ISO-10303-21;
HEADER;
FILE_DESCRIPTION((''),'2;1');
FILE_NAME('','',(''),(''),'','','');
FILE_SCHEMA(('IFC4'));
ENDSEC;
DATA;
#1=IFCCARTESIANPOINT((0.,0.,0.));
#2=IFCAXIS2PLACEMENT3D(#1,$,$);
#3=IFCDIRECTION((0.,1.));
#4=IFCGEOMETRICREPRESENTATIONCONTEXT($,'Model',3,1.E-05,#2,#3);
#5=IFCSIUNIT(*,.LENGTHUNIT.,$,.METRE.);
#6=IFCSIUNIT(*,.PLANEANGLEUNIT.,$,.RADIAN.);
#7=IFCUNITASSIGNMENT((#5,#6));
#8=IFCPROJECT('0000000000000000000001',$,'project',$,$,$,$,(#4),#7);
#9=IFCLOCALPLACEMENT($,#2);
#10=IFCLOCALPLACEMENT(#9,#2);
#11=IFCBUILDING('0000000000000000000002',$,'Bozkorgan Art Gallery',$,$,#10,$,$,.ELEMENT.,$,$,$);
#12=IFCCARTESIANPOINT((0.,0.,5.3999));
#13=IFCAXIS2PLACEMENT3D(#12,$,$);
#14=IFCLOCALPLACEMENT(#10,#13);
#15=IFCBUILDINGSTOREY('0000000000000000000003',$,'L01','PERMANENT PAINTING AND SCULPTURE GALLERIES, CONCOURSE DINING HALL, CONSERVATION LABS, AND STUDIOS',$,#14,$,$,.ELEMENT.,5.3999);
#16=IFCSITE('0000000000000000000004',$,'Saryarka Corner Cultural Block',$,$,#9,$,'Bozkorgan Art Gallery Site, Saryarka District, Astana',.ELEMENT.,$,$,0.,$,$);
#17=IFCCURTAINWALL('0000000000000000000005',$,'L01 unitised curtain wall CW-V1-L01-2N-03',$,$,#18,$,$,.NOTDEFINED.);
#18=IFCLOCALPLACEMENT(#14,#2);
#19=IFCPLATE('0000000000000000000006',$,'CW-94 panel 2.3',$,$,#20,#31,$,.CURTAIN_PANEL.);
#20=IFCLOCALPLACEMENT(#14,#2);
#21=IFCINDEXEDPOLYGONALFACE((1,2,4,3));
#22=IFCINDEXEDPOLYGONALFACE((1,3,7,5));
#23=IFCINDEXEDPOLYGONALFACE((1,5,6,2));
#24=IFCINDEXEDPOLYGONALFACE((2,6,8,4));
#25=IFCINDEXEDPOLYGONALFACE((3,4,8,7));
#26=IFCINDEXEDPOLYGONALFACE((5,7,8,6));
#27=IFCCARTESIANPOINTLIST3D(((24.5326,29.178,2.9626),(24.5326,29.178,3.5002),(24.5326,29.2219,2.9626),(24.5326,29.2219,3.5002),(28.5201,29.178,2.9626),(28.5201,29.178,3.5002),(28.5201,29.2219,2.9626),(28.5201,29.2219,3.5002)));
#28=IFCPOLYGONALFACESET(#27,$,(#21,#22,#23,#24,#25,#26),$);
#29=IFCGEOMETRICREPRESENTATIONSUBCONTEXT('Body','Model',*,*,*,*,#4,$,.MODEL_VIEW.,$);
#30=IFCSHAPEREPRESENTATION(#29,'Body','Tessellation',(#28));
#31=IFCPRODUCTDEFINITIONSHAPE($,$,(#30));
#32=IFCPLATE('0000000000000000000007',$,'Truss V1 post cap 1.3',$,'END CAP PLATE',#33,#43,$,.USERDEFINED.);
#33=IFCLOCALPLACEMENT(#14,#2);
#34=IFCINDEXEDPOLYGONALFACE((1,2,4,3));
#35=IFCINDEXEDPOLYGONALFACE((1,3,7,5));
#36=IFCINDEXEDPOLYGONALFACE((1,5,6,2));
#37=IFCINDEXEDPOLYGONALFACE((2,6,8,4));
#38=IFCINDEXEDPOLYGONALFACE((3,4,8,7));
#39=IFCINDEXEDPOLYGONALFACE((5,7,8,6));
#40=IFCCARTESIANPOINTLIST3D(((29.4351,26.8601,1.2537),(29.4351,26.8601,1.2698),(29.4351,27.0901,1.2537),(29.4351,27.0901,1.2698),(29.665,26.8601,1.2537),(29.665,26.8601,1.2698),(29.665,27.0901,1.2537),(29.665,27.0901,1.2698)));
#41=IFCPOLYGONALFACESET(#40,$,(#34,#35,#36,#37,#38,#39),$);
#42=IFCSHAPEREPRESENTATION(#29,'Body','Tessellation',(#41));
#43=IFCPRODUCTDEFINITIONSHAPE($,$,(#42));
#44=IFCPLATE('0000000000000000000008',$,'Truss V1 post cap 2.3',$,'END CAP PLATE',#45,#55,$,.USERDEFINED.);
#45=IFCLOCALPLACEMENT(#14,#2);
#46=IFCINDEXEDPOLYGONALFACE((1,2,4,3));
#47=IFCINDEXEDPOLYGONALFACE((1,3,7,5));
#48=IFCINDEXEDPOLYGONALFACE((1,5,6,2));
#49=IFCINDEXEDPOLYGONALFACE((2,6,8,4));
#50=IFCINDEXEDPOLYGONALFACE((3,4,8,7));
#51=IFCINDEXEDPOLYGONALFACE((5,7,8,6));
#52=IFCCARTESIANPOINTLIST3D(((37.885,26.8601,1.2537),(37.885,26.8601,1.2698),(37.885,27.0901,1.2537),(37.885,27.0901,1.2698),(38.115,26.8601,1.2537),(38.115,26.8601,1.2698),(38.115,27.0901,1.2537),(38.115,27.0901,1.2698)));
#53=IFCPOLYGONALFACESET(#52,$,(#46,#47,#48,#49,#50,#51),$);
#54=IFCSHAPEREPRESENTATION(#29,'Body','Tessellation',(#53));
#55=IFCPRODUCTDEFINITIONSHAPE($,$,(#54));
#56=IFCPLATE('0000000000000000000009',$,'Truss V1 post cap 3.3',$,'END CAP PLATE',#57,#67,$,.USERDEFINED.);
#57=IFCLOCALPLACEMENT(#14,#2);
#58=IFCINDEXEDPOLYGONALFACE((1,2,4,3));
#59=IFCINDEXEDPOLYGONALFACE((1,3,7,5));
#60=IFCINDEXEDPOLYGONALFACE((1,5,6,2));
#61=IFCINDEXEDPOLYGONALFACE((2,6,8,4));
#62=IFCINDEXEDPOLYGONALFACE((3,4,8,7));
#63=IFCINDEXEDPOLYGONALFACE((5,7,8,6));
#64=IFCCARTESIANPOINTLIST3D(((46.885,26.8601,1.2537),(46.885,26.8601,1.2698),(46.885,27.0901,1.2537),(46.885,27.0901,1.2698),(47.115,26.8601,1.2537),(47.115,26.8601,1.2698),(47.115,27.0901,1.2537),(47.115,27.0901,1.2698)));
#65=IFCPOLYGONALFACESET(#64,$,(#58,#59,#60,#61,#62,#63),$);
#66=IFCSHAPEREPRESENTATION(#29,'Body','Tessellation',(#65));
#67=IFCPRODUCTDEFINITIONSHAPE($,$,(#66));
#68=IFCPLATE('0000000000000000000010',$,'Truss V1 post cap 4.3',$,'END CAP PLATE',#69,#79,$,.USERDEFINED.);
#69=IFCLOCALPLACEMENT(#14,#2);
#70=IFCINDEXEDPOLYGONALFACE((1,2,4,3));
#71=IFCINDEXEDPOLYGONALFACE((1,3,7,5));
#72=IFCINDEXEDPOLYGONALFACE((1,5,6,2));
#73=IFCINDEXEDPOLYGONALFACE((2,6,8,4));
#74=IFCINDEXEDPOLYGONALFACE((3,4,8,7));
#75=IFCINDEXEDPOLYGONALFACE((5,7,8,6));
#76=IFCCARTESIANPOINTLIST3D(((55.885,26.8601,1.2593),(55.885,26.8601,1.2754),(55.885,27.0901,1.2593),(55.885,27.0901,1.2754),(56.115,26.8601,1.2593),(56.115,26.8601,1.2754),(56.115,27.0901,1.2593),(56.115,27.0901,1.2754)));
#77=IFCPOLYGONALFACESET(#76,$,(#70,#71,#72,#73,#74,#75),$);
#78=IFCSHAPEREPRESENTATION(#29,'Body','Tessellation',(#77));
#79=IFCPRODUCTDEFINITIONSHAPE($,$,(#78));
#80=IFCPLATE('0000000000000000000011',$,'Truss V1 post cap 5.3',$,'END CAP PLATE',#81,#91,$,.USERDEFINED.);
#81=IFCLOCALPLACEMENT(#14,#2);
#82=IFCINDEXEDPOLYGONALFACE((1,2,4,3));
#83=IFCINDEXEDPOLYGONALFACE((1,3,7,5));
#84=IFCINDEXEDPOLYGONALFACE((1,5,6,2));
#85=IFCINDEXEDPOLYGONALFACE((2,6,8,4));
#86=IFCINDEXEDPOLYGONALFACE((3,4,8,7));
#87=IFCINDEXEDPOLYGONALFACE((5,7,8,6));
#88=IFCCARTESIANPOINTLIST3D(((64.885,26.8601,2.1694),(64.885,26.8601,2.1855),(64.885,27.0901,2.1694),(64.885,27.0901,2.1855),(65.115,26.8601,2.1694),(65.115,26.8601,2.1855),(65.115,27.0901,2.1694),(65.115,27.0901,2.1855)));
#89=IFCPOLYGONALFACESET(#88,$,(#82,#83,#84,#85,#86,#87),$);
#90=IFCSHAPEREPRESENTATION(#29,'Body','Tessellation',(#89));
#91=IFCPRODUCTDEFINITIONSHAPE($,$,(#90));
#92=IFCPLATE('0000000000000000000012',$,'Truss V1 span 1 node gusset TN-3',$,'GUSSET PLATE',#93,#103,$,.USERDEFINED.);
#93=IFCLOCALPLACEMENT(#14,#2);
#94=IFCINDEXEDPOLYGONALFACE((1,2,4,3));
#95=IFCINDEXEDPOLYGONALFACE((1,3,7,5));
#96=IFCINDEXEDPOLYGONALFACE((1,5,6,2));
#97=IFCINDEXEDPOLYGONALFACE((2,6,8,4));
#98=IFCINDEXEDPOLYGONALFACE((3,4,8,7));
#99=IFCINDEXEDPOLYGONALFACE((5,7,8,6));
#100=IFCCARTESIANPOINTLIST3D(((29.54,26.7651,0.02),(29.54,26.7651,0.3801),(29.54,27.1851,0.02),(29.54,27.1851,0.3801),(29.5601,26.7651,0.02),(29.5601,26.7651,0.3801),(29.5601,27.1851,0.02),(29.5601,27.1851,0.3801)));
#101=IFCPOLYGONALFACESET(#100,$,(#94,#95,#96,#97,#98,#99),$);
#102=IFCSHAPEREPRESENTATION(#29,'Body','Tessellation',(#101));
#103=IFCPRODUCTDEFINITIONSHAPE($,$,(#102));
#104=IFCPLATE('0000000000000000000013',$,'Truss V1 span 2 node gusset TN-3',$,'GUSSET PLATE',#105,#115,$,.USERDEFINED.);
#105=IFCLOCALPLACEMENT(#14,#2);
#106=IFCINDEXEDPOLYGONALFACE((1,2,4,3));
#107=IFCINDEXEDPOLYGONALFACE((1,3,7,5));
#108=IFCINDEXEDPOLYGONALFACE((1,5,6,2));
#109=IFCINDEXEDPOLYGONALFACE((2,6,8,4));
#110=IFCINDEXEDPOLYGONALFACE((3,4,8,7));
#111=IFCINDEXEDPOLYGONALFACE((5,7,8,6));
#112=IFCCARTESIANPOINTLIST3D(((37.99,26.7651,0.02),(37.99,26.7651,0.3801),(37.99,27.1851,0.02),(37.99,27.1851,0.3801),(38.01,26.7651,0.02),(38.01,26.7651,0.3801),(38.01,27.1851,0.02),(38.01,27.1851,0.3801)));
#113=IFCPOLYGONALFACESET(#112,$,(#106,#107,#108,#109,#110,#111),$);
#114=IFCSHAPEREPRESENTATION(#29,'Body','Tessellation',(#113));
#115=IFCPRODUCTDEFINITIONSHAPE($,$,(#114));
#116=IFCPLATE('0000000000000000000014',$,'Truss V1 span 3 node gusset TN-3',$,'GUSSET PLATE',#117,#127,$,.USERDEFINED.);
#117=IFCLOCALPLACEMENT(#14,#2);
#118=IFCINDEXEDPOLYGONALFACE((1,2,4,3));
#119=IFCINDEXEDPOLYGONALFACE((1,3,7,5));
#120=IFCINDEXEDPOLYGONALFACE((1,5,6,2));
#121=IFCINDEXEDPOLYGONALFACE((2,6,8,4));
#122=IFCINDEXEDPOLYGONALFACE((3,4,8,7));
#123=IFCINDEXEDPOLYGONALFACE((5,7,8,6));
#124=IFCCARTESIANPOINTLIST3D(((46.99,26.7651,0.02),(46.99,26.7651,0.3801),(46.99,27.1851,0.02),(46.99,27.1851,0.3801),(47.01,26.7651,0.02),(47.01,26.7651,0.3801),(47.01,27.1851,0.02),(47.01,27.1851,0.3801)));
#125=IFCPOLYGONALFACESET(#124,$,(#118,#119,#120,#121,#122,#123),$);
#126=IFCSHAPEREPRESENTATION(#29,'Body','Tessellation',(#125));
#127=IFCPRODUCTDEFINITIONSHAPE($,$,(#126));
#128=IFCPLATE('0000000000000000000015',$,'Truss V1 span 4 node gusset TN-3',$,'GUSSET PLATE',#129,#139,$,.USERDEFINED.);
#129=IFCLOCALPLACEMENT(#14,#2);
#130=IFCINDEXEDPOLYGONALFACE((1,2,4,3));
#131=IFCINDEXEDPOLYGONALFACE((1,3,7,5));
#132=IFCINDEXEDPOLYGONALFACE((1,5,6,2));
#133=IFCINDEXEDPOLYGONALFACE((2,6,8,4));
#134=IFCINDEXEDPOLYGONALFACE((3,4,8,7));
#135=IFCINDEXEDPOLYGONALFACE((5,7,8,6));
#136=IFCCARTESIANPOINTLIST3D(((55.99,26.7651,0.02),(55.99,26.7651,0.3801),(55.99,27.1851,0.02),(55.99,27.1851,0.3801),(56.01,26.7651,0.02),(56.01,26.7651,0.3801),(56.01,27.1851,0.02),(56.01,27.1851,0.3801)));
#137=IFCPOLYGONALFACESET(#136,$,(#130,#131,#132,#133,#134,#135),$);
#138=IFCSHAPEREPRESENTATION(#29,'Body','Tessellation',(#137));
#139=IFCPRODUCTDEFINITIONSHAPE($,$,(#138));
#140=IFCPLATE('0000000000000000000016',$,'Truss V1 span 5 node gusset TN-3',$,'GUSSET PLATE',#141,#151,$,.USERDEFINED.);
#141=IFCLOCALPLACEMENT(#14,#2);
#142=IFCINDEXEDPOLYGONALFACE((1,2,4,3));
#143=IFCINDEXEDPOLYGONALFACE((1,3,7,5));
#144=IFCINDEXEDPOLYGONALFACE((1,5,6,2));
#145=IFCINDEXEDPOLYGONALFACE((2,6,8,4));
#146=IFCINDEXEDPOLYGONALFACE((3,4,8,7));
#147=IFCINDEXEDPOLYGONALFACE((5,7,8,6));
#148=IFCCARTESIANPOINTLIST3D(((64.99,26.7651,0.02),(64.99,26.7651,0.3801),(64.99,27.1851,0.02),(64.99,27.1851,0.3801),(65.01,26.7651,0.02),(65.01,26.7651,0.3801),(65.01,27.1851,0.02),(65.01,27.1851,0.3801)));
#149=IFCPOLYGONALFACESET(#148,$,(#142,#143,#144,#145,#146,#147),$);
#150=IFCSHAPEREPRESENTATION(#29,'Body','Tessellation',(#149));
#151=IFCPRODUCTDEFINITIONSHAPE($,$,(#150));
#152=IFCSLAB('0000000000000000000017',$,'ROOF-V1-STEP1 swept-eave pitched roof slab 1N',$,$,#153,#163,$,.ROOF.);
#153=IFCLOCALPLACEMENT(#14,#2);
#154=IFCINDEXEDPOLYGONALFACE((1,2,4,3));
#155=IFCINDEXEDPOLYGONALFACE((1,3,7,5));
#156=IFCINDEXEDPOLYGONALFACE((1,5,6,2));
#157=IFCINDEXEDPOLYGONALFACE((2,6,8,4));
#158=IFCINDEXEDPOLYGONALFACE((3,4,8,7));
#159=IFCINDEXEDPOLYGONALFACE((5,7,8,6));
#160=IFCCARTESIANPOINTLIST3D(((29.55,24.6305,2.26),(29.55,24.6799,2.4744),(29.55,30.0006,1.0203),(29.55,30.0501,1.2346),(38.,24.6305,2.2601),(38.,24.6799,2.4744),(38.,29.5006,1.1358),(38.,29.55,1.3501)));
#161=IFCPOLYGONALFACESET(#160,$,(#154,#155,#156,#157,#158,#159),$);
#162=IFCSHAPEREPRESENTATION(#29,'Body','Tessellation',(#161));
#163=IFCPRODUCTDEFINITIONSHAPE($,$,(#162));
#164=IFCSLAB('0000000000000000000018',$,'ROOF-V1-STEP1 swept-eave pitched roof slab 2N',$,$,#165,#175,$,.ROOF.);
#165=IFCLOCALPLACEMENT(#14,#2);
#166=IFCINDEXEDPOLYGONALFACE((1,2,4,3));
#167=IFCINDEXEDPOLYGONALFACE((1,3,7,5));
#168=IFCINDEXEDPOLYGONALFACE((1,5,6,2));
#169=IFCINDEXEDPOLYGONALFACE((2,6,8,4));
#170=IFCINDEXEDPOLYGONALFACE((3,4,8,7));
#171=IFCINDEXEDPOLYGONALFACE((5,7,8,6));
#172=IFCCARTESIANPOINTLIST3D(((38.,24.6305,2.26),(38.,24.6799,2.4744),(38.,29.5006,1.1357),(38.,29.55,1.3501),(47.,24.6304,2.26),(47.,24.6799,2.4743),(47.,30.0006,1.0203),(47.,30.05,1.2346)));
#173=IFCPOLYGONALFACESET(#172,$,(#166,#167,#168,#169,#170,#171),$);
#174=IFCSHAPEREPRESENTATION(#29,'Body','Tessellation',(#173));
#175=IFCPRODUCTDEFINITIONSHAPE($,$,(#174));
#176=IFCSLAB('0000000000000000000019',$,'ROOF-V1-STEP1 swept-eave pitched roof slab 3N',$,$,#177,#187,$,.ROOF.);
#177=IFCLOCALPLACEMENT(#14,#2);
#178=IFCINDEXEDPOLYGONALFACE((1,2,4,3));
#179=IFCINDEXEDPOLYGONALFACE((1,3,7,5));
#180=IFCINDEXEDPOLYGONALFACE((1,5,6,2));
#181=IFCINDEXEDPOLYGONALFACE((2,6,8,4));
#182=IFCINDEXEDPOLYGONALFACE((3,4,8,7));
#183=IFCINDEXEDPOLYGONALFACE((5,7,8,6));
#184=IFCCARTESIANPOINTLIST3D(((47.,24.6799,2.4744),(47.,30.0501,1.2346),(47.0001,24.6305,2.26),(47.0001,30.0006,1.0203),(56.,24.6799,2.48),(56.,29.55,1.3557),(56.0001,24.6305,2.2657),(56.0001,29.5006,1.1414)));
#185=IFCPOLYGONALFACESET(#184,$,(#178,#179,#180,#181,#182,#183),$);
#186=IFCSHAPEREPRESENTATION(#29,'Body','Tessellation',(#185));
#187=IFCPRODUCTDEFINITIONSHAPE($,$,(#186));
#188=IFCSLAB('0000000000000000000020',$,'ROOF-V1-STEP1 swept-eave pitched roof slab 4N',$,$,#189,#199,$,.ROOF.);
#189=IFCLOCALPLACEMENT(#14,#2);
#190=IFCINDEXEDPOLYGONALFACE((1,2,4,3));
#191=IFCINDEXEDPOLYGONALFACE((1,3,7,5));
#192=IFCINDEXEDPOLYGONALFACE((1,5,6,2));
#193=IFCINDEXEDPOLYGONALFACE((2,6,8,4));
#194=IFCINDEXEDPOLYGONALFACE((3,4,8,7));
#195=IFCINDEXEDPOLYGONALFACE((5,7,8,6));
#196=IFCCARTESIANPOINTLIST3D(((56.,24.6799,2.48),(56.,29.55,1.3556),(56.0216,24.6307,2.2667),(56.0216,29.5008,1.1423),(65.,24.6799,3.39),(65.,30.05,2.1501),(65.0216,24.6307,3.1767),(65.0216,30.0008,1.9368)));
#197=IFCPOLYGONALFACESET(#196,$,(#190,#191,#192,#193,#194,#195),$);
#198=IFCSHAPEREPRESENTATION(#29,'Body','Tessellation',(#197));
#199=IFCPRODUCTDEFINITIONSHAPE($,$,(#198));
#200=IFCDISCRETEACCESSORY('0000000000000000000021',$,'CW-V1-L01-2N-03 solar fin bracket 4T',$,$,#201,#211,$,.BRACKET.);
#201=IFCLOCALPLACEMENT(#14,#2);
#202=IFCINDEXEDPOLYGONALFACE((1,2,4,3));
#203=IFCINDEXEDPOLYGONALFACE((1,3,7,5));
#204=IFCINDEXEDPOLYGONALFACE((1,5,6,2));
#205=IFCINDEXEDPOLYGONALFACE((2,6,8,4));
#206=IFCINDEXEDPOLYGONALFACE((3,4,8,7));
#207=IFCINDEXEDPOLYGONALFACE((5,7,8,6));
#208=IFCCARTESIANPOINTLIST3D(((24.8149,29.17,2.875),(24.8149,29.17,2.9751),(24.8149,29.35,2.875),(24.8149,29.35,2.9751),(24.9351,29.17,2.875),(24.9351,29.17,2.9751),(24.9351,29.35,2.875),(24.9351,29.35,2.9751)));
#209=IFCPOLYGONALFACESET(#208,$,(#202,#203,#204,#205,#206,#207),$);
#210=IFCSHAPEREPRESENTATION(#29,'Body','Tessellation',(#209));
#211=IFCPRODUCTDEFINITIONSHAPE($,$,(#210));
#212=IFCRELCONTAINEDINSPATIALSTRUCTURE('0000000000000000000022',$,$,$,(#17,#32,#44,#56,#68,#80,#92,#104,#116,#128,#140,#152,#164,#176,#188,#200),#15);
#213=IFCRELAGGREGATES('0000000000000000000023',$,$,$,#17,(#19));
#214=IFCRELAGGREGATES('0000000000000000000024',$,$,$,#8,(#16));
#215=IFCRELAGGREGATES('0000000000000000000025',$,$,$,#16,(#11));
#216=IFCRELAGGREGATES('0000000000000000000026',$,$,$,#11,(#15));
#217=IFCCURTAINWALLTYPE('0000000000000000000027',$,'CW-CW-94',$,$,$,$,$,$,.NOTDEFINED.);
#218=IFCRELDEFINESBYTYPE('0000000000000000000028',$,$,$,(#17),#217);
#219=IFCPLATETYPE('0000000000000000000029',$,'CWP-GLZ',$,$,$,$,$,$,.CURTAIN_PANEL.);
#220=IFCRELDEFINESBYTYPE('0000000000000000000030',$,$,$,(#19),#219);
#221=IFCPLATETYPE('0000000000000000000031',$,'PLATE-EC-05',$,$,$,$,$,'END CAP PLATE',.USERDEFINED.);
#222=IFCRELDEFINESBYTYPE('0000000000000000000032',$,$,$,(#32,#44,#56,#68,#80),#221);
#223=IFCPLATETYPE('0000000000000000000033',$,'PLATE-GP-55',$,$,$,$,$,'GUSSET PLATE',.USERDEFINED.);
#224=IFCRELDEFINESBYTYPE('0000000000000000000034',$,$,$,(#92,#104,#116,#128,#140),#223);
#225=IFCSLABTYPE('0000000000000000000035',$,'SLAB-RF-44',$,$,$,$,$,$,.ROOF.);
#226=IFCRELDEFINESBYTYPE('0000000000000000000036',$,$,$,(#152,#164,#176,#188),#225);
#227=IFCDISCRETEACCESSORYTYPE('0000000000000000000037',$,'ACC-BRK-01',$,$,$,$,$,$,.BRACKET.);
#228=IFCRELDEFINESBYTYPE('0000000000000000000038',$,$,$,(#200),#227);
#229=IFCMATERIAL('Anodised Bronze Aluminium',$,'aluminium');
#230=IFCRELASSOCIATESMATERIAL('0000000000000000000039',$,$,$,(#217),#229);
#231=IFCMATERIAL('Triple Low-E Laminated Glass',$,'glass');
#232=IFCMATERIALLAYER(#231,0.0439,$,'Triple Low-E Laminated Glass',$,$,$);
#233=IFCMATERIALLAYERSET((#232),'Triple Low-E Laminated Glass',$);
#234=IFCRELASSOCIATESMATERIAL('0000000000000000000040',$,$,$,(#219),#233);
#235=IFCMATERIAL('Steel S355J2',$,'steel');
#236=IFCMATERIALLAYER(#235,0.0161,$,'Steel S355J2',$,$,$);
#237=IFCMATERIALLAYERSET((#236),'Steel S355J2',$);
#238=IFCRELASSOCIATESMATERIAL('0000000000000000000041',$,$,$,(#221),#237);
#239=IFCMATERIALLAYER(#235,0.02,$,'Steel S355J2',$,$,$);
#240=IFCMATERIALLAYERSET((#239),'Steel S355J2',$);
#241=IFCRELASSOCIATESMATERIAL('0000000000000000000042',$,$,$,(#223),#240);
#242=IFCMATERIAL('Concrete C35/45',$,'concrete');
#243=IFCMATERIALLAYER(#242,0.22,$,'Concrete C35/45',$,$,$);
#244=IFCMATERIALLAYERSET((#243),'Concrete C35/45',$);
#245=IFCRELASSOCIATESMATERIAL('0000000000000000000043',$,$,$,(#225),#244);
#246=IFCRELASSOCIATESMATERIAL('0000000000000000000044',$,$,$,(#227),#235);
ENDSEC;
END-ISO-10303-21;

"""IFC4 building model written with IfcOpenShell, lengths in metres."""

from ifc_helpers import new_model, si_unit, direction, frame, origin, origin_2d, place, context, subcontext, project, spatial, polyline, rectangle, outline, extrude, material, layer, layer_set, type_object, element, aggregate, save


model = new_model("IFC4")

# Units and contexts
model_context = context("Model", 3, precision=1e-05, world=origin(), true_north=direction((0.0, 1.0)))
body_context = subcontext(model_context, "Body", "Model", "MODEL_VIEW")
ifc_project = project(units=[si_unit("LENGTHUNIT", "METRE"), si_unit("PLANEANGLEUNIT", "RADIAN")], contexts=[model_context])

# Site, building, storey
site_placement = place(None, origin())
site = spatial("IfcSite", under=ifc_project, at=site_placement, Name="Saryarka Corner Cultural Block", LongName="Bozkorgan Art Gallery Site, Saryarka District, Astana", CompositionType="ELEMENT", RefElevation=0.0)
building_placement = place(site_placement, origin())
building = spatial("IfcBuilding", under=site, at=building_placement, Name="Bozkorgan Art Gallery", CompositionType="ELEMENT")
storey_placement = place(building_placement, frame((0.0, 0.0, 5.3999)))
storey = spatial("IfcBuildingStorey", under=building, at=storey_placement, Name="L01", Description="PERMANENT PAINTING AND SCULPTURE GALLERIES, CONCOURSE DINING HALL, CONSERVATION LABS, AND STUDIOS", CompositionType="ELEMENT", Elevation=5.3999)

# Curtain wall
ifc_material_1 = material(Name="Anodised Bronze Aluminium", Category="aluminium")
curtain_wall_type = type_object("IfcCurtainWallType", Name="CW-CW-94", PredefinedType="NOTDEFINED", material=ifc_material_1)
curtain_wall_placement = place(storey_placement, origin())
curtain_wall = element("IfcCurtainWall", 1, at=curtain_wall_placement, inside=storey, type_object=curtain_wall_type, Name="L01 unitised curtain wall CW-V1-L01-2N-03", PredefinedType="NOTDEFINED")

# Shared definitions
ifc_material_2 = material(Name="Steel S355J2", Category="steel")

# Plate
ifc_material_3 = material(Name="Triple Low-E Laminated Glass", Category="glass")
ifc_layer_1 = layer(ifc_material_3, 0.0439, Name="Triple Low-E Laminated Glass")
ifc_layer_set_1 = layer_set([ifc_layer_1], Name="Triple Low-E Laminated Glass")
plate_type_1 = type_object("IfcPlateType", Name="CWP-GLZ", PredefinedType="CURTAIN_PANEL", material=ifc_layer_set_1)
plate_1_placement = place(storey_placement, frame((26.5264, 29.2, 2.9626), z_axis=(0.0, 0.0, 1.0), x_axis=(1.0, 0.0, 0.0)))
plate_1 = element("IfcPlate", 2, at=plate_1_placement, type_object=plate_type_1, Name="CW-94 panel 2.3", PredefinedType="CURTAIN_PANEL", context=body_context, shape_type="SweptSolid", body=[
    extrude(rectangle(XDim=3.9875, YDim=0.0439, at=origin_2d()), origin(), (0.0, 0.0, 1.0), 0.5376),
])
aggregate(curtain_wall, [plate_1])

# Plates
ifc_layer_2 = layer(ifc_material_2, 0.0161, Name="Steel S355J2")
ifc_layer_set_2 = layer_set([ifc_layer_2], Name="Steel S355J2")
plate_type_2 = type_object("IfcPlateType", Name="PLATE-EC-05", ElementType="END CAP PLATE", PredefinedType="USERDEFINED", material=ifc_layer_set_2)
for number, where, z_axis, x_axis, name in (
    (3, (29.55, 26.9751, 1.2537), (0.0, 0.0, 1.0), (1.0, 0.0, 0.0), "Truss V1 post cap 1.3"),
    (4, (38.0, 26.9751, 1.2537), (0.0, 0.0, 1.0), (1.0, 0.0, 0.0), "Truss V1 post cap 2.3"),
    (5, (47.0, 26.9751, 1.2537), (0.0, 0.0, 1.0), (1.0, 0.0, 0.0), "Truss V1 post cap 3.3"),
    (6, (56.0, 26.9751, 1.2593), (0.0, 0.0, 1.0), (1.0, 0.0, 0.0), "Truss V1 post cap 4.3"),
    (7, (65.0, 26.9751, 2.1694), (0.0, 0.0, 1.0), (1.0, 0.0, 0.0), "Truss V1 post cap 5.3"),
):
    element("IfcPlate", number, at=place(storey_placement, frame(where, z_axis=z_axis, x_axis=x_axis)), inside=storey, type_object=plate_type_2, Name=name, ObjectType="END CAP PLATE", PredefinedType="USERDEFINED", context=body_context, shape_type="SweptSolid", body=[
        extrude(rectangle(XDim=0.23, YDim=0.23, at=origin_2d()), origin(), (0.0, 0.0, 1.0), 0.0161),
    ])
ifc_layer_3 = layer(ifc_material_2, 0.02, Name="Steel S355J2")
ifc_layer_set_3 = layer_set([ifc_layer_3], Name="Steel S355J2")
plate_type_3 = type_object("IfcPlateType", Name="PLATE-GP-55", ElementType="GUSSET PLATE", PredefinedType="USERDEFINED", material=ifc_layer_set_3)
for number, where, z_axis, x_axis, name in (
    (8, (29.55, 26.9751, 0.02), (0.0, 0.0, 1.0), (1.0, 0.0, 0.0), "Truss V1 span 1 node gusset TN-3"),
    (9, (38.0, 26.9751, 0.02), (0.0, 0.0, 1.0), (1.0, 0.0, 0.0), "Truss V1 span 2 node gusset TN-3"),
    (10, (47.0, 26.9751, 0.02), (0.0, 0.0, 1.0), (1.0, 0.0, 0.0), "Truss V1 span 3 node gusset TN-3"),
    (11, (56.0, 26.9751, 0.02), (0.0, 0.0, 1.0), (1.0, 0.0, 0.0), "Truss V1 span 4 node gusset TN-3"),
    (12, (65.0, 26.9751, 0.02), (0.0, 0.0, 1.0), (1.0, 0.0, 0.0), "Truss V1 span 5 node gusset TN-3"),
):
    element("IfcPlate", number, at=place(storey_placement, frame(where, z_axis=z_axis, x_axis=x_axis)), inside=storey, type_object=plate_type_3, Name=name, ObjectType="GUSSET PLATE", PredefinedType="USERDEFINED", context=body_context, shape_type="SweptSolid", body=[
        extrude(rectangle(XDim=0.02, YDim=0.4199, at=origin_2d()), origin(), (0.0, 0.0, 1.0), 0.3601),
    ])

# Slabs
ifc_material_4 = material(Name="Concrete C35/45", Category="concrete")
ifc_layer_4 = layer(ifc_material_4, 0.22, Name="Concrete C35/45")
ifc_layer_set_4 = layer_set([ifc_layer_4], Name="Concrete C35/45")
slab_type = type_object("IfcSlabType", Name="SLAB-RF-44", PredefinedType="ROOF", material=ifc_layer_set_4)
slab_1_placement = place(storey_placement, frame((29.55, 24.6799, 2.4744), z_axis=(-0.000003, 0.224939, 0.974373), x_axis=(1.0, 0.000001, 0.000003)))
element("IfcSlab", 13, at=slab_1_placement, inside=storey, type_object=slab_type, Name="ROOF-V1-STEP1 swept-eave pitched roof slab 1N", PredefinedType="ROOF", context=body_context, shape_type="SweptSolid", body=[
    extrude(outline(polyline([(0.0, 0.0), (8.45, 0.0), (8.45, 4.9982), (0.0, 5.5114), (0.0, 0.0)])), origin(), (0.0, 0.0, -1.0), 0.22),
])
slab_2_placement = place(storey_placement, frame((38.0, 24.6799, 2.4744), z_axis=(0.000003, 0.224939, 0.974373), x_axis=(1.0, -0.000001, -0.000003)))
element("IfcSlab", 14, at=slab_2_placement, inside=storey, type_object=slab_type, Name="ROOF-V1-STEP1 swept-eave pitched roof slab 2N", PredefinedType="ROOF", context=body_context, shape_type="SweptSolid", body=[
    extrude(outline(polyline([(0.0, 0.0), (9.0, 0.0), (9.0, 5.5114), (0.0, 4.9982), (0.0, 0.0)])), origin(), (0.0, 0.0, -1.0), 0.22),
])
slab_3_placement = place(storey_placement, frame((47.0, 24.6799, 2.4744), z_axis=(-0.000611, 0.224939, 0.974373), x_axis=(1.0, 0.000001, 0.000627)))
element("IfcSlab", 15, at=slab_3_placement, inside=storey, type_object=slab_type, Name="ROOF-V1-STEP1 swept-eave pitched roof slab 3N", PredefinedType="ROOF", context=body_context, shape_type="SweptSolid", body=[
    extrude(outline(polyline([(0.0, 0.0), (9.0, 0.0), (8.9993, 4.9982), (-0.0008, 5.5114), (0.0, 0.0)])), origin(), (0.0, 0.0, -1.0), 0.22),
])
slab_4_placement = place(storey_placement, frame((56.0, 24.6799, 2.48), z_axis=(-0.098046, 0.223877, 0.969673), x_axis=(0.994927, -0.000003, 0.100601)))
element("IfcSlab", 16, at=slab_4_placement, inside=storey, type_object=slab_type, Name="ROOF-V1-STEP1 swept-eave pitched roof slab 4N", PredefinedType="ROOF", context=body_context, shape_type="SweptSolid", body=[
    extrude(outline(polyline([(0.0, 0.0), (9.0459, 0.0), (8.9211, 5.51), (-0.1131, 4.9969), (0.0, 0.0)])), origin(), (0.0, 0.0, -1.0), 0.22),
])

# Discrete accessory
discrete_accessory_type = type_object("IfcDiscreteAccessoryType", Name="ACC-BRK-01", PredefinedType="BRACKET", material=ifc_material_2)
for number, where, z_axis, x_axis, name in (
    (17, (24.875, 29.26, 2.875), (0.0, 0.0, 1.0), (0.0, 1.0, 0.0), "CW-V1-L01-2N-03 solar fin bracket 4T"),
):
    element("IfcDiscreteAccessory", number, at=place(storey_placement, frame(where, z_axis=z_axis, x_axis=x_axis)), inside=storey, type_object=discrete_accessory_type, Name=name, PredefinedType="BRACKET", context=body_context, shape_type="SweptSolid", body=[
        extrude(rectangle(XDim=0.1799, YDim=0.1201, at=origin_2d()), origin(), (0.0, 0.0, 1.0), 0.1001),
    ])

save(model, "model.ifc")
